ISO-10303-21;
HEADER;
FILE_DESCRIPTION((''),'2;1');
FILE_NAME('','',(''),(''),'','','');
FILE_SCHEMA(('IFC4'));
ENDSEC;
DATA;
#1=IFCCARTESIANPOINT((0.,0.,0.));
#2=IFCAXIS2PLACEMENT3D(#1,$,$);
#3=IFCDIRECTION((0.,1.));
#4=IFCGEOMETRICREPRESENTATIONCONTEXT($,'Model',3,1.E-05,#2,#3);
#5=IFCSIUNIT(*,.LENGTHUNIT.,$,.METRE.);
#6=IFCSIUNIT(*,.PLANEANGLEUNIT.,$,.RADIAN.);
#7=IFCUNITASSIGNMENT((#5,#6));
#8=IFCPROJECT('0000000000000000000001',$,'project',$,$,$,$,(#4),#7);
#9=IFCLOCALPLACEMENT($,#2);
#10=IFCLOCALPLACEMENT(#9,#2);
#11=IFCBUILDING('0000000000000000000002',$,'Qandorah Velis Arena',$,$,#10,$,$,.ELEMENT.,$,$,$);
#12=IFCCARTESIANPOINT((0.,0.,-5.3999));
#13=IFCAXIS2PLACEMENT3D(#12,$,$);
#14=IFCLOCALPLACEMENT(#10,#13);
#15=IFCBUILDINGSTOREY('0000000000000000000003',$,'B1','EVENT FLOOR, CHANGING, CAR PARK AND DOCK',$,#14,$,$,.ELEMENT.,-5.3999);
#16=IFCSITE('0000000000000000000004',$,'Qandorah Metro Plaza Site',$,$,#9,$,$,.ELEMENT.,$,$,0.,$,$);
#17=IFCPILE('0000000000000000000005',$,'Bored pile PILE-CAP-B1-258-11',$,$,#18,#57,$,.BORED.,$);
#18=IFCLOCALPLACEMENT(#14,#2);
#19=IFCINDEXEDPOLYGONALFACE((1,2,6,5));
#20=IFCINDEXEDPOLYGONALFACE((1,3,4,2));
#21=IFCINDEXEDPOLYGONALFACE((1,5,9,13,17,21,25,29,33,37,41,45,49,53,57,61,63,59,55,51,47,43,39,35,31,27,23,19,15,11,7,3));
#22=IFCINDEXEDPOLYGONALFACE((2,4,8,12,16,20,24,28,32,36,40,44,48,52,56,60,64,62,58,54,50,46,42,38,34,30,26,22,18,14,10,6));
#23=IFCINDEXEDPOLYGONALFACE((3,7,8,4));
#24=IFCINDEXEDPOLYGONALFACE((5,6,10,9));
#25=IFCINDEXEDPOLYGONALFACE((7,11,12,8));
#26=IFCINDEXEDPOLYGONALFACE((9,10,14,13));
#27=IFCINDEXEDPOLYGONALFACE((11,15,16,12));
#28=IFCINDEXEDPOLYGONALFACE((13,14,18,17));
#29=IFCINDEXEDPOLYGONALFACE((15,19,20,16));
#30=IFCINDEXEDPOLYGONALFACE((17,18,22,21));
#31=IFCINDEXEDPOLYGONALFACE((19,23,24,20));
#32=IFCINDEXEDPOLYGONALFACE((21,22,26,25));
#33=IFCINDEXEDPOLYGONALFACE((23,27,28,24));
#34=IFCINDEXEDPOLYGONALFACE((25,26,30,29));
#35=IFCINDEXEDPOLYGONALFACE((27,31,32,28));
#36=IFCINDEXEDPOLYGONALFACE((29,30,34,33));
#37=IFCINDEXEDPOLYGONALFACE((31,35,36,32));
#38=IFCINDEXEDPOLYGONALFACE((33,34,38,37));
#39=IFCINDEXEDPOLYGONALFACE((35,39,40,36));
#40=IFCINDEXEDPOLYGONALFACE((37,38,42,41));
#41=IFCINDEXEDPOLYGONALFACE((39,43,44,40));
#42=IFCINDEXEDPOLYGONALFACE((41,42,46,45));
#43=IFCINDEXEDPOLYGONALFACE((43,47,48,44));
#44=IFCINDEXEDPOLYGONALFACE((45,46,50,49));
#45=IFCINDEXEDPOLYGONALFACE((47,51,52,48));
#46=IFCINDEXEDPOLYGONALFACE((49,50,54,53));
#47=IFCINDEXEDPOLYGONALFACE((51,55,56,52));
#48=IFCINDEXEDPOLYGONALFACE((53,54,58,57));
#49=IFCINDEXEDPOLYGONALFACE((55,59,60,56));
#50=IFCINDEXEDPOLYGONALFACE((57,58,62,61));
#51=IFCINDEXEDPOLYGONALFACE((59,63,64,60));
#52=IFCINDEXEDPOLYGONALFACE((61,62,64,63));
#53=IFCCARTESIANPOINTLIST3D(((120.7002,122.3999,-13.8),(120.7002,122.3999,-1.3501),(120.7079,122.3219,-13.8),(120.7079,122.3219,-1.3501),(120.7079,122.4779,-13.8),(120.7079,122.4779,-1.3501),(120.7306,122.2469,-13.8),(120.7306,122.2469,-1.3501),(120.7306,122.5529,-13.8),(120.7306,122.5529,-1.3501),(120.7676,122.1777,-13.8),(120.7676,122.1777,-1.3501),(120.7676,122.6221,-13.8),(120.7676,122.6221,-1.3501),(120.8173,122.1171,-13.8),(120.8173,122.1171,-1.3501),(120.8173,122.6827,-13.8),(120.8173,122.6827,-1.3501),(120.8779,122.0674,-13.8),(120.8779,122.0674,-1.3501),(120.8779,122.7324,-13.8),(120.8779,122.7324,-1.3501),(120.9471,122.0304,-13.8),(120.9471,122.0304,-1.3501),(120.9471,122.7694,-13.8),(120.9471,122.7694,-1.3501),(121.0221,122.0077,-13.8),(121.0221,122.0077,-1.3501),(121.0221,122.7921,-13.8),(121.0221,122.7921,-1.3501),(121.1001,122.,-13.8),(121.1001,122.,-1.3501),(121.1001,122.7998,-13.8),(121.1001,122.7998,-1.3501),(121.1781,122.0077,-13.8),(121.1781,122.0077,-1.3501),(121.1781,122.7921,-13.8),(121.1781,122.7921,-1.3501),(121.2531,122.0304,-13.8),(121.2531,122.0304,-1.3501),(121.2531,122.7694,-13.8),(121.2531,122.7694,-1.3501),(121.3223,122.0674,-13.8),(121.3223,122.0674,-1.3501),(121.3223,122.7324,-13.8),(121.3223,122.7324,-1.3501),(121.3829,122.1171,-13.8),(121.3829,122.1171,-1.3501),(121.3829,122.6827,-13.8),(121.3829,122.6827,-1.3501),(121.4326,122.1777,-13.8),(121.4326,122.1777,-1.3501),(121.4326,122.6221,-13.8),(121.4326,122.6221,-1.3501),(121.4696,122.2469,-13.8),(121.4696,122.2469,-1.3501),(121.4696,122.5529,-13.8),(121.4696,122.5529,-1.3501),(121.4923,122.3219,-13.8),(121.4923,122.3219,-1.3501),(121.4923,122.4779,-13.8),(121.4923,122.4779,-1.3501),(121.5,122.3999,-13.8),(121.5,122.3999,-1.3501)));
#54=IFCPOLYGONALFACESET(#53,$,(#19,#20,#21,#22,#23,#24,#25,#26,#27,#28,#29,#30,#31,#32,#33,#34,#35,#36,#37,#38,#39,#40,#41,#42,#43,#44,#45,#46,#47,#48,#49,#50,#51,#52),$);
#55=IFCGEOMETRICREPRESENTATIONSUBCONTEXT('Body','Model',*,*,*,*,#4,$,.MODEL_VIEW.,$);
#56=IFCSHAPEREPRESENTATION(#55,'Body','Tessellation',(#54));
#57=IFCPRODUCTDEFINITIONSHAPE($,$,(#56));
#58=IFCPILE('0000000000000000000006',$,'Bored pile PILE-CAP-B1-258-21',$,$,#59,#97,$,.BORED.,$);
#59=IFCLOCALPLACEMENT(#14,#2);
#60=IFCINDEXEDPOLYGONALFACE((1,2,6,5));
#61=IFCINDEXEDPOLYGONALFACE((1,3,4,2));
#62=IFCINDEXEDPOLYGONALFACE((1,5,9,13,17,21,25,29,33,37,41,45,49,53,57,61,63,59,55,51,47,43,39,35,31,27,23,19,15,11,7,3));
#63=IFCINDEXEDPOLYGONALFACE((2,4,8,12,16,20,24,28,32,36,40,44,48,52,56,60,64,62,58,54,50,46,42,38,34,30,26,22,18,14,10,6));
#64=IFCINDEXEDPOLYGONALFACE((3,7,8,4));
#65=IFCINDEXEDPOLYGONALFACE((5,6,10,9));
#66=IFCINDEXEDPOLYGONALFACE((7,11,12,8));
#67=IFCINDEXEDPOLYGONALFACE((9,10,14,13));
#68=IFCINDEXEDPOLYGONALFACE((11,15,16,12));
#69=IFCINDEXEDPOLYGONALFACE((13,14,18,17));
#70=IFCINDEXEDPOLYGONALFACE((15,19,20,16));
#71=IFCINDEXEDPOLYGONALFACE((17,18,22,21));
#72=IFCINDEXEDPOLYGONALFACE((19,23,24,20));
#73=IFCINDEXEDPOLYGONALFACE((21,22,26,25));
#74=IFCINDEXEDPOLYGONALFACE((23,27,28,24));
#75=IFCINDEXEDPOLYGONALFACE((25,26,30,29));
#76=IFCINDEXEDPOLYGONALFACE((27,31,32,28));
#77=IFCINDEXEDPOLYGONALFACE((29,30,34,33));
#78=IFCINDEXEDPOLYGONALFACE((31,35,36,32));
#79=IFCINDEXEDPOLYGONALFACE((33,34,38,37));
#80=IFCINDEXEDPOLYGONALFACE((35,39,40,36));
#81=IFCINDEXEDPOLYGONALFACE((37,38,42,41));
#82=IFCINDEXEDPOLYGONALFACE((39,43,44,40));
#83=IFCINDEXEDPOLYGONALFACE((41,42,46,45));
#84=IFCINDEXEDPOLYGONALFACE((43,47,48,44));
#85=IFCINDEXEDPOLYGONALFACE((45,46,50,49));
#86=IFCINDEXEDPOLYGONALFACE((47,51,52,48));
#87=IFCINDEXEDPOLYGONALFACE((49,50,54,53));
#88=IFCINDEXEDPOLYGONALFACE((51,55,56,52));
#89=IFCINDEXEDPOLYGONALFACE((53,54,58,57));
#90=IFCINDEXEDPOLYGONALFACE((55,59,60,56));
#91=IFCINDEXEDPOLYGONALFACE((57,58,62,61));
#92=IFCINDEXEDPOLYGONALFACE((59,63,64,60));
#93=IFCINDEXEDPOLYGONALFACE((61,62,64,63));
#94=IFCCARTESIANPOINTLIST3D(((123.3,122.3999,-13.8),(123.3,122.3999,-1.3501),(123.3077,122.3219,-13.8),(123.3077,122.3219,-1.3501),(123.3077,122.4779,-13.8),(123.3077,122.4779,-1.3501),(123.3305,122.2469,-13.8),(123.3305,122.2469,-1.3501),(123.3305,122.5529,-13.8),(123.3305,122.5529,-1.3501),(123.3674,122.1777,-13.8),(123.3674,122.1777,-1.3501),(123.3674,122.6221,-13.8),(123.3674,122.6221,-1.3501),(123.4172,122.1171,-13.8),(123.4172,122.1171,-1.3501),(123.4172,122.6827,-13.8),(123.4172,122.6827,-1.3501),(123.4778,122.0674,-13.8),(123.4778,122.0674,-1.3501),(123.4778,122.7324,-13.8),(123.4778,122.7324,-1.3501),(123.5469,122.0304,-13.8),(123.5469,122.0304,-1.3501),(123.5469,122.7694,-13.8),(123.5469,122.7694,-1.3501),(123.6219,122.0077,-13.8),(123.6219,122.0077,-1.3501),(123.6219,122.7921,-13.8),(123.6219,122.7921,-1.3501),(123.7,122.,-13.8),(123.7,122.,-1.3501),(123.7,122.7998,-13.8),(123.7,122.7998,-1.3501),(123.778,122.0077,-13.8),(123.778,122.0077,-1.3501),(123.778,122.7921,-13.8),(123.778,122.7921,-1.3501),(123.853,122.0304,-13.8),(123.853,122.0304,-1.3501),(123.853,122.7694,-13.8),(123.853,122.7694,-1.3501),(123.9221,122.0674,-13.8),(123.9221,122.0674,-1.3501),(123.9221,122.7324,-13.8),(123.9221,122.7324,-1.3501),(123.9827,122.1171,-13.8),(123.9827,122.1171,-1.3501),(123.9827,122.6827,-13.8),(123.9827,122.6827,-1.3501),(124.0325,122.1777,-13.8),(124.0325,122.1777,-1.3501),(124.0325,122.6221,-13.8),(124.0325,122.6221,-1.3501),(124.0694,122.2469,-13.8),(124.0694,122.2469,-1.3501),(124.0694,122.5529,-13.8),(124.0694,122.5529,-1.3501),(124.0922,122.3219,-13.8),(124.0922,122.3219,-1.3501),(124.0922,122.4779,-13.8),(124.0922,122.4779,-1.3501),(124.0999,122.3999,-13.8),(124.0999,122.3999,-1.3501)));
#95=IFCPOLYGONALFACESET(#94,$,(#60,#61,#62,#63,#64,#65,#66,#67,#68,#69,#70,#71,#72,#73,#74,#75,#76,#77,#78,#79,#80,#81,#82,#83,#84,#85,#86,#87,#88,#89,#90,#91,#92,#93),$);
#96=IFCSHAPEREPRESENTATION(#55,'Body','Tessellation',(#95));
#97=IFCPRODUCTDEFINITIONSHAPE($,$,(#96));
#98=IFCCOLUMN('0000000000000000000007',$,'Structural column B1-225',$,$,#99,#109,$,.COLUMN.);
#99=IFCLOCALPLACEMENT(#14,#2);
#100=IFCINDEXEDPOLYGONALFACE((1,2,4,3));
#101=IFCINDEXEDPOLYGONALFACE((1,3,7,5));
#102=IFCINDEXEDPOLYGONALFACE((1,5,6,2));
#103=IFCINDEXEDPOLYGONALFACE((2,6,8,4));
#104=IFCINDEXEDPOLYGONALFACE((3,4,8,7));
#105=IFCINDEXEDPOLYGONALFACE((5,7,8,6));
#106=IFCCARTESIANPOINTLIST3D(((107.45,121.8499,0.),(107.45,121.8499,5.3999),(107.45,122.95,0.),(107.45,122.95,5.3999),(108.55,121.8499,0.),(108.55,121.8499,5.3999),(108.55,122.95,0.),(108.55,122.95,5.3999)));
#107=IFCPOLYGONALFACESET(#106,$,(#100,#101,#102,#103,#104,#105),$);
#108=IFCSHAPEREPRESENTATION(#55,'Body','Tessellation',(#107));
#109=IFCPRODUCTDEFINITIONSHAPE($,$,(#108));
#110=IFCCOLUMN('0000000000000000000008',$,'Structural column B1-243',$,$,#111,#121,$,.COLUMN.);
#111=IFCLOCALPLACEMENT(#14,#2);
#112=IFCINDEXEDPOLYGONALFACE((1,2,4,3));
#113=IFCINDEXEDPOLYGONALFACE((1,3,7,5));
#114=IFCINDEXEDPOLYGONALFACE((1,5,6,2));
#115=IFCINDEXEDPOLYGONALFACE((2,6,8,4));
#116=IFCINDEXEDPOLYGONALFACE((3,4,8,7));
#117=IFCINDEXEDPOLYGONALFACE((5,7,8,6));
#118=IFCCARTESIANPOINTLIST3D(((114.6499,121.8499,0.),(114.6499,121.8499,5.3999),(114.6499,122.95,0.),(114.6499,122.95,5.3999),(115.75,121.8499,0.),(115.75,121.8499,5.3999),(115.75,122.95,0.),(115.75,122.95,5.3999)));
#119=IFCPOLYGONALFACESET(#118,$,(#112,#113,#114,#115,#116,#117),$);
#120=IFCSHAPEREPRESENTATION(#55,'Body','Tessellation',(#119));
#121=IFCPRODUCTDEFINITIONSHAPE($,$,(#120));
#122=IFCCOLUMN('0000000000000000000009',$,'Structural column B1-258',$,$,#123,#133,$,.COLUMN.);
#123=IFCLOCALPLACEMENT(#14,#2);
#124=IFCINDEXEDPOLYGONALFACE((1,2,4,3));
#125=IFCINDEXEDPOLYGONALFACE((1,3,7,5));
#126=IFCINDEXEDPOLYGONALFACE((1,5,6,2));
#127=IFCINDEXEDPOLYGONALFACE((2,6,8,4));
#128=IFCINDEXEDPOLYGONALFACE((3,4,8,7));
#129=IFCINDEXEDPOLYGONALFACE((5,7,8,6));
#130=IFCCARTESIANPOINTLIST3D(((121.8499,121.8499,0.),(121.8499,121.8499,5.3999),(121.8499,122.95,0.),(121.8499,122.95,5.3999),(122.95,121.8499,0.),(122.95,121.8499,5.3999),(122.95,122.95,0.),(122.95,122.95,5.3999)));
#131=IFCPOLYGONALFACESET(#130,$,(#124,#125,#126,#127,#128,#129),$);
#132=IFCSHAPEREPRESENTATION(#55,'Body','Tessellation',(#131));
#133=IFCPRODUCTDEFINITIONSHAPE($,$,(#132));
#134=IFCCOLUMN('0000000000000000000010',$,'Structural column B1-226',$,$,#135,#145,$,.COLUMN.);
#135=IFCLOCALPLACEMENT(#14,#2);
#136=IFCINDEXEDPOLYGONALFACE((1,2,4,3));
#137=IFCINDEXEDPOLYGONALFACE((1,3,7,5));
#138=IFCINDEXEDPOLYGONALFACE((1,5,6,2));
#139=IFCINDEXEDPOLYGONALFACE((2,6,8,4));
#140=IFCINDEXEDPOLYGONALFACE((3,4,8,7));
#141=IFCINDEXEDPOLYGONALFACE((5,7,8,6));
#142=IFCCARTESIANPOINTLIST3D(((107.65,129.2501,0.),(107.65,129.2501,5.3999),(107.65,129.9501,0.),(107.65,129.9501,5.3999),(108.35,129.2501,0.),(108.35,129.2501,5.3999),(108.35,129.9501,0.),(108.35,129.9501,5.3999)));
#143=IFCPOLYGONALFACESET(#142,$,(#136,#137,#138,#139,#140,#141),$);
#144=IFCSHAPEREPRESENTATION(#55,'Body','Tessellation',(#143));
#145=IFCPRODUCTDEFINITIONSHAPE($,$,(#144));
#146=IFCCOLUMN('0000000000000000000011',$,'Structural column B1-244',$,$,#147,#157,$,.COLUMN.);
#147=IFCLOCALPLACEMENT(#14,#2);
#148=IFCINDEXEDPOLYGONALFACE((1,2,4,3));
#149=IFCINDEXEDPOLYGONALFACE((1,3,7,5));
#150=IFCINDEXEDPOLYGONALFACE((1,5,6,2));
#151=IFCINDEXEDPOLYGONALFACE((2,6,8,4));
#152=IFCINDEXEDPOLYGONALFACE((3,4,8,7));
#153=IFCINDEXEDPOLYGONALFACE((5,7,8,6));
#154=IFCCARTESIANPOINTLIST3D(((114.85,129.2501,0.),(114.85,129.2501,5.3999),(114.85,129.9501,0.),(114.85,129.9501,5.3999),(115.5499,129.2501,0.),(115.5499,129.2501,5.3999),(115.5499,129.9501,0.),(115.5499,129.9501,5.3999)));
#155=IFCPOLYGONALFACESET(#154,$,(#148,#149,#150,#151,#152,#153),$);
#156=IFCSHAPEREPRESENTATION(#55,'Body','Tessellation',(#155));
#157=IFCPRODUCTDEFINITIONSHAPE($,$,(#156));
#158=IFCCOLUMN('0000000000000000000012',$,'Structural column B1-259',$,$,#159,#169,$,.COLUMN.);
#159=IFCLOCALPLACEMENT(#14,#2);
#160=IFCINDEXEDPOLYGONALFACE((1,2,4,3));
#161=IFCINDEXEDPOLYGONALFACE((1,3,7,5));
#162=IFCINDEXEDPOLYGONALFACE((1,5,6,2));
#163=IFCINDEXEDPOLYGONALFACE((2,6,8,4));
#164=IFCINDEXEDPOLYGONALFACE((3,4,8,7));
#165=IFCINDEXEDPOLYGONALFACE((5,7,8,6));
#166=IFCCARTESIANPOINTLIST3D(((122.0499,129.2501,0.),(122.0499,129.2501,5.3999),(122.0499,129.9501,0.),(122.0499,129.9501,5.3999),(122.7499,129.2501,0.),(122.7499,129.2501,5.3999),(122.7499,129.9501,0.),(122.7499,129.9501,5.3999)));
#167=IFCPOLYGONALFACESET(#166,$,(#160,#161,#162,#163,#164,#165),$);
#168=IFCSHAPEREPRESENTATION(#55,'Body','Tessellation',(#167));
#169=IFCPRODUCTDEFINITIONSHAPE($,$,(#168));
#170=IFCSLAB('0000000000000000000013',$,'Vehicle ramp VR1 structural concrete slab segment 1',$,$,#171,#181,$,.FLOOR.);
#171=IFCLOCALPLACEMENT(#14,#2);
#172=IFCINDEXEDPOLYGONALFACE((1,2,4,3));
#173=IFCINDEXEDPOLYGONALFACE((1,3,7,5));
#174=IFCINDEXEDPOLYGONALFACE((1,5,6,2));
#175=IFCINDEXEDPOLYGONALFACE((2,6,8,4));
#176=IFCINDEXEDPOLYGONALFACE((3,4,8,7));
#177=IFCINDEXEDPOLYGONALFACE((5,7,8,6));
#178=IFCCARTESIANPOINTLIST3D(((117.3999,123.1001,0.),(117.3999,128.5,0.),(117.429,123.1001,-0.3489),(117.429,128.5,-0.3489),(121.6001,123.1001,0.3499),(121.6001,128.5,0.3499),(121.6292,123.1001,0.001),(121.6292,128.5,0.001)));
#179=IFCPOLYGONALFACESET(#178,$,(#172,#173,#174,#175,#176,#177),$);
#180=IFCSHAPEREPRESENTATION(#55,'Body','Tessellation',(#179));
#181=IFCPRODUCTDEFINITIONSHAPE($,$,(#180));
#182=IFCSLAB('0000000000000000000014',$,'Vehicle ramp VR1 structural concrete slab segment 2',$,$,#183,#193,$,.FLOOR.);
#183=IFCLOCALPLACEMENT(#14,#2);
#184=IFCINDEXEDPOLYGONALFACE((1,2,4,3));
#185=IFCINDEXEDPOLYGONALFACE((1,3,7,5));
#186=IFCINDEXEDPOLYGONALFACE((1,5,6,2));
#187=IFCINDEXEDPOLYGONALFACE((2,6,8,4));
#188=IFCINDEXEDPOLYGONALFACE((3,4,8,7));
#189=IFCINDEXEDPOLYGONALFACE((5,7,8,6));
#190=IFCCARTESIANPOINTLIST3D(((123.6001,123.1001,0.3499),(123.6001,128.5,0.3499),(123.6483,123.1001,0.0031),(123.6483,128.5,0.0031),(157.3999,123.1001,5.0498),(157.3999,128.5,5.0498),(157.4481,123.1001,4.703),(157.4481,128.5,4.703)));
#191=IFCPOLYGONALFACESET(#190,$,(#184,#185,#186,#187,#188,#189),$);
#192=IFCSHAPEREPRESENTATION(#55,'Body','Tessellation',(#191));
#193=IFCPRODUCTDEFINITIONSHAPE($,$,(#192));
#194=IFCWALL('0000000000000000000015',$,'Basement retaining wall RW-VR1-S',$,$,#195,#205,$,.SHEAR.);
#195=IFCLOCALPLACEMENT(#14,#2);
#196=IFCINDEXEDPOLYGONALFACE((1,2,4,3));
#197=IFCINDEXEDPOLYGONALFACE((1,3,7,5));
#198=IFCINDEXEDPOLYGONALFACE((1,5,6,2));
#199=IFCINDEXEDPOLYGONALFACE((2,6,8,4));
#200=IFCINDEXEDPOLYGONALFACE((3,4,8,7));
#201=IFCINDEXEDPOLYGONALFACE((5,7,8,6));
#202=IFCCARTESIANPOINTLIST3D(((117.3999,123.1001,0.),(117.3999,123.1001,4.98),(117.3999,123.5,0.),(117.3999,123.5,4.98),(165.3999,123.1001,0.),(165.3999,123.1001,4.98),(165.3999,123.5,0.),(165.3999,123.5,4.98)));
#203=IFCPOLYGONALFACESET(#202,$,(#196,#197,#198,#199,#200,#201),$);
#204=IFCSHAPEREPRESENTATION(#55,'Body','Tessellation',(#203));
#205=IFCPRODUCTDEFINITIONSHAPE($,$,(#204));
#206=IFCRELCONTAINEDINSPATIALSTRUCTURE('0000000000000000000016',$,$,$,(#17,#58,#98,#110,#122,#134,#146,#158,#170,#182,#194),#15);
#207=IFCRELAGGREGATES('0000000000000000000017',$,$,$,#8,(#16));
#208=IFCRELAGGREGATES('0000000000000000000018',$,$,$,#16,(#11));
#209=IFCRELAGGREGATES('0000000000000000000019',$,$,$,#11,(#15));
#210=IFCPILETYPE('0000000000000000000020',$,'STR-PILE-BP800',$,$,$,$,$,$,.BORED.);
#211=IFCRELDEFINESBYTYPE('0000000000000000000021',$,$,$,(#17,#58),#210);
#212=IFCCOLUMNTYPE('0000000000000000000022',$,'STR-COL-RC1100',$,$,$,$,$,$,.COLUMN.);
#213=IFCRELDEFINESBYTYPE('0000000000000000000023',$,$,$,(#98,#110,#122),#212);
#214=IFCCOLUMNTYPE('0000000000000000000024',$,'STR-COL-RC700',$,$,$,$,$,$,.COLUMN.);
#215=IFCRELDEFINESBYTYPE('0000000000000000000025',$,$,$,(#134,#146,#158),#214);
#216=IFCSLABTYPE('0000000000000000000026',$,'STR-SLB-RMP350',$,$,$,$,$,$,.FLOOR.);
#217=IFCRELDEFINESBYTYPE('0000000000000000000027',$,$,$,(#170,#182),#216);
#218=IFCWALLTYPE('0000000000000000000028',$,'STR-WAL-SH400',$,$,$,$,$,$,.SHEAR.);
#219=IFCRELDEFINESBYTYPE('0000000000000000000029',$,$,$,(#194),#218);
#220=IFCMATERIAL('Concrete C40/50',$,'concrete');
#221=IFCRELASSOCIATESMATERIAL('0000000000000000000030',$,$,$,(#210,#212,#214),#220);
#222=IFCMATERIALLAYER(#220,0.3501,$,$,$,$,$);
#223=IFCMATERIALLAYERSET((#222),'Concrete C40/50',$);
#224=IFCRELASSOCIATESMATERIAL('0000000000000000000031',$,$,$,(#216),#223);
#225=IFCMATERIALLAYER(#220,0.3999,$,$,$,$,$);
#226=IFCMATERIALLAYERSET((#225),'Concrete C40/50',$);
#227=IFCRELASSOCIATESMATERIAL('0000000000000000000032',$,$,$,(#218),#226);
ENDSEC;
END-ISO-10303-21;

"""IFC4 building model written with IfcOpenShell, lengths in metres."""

from ifc_helpers import new_model, si_unit, direction, frame, frame_2d, origin, origin_2d, place, context, subcontext, project, spatial, polyline, rectangle, circle, outline, extrude, material, layer, layer_set, material_profile, profile_set, type_object, element, save


model = new_model("IFC4")

# Units and contexts
model_context = context("Model", 3, precision=1e-05, world=origin(), true_north=direction((0.0, 1.0)))
body_context = subcontext(model_context, "Body", "Model", "MODEL_VIEW")
ifc_project = project(units=[si_unit("LENGTHUNIT", "METRE"), si_unit("PLANEANGLEUNIT", "RADIAN")], contexts=[model_context])

# Site, building, storey
site_placement = place(None, origin())
site = spatial("IfcSite", under=ifc_project, at=site_placement, Name="Qandorah Metro Plaza Site", CompositionType="ELEMENT", RefElevation=0.0)
building_placement = place(site_placement, origin())
building = spatial("IfcBuilding", under=site, at=building_placement, Name="Qandorah Velis Arena", CompositionType="ELEMENT")
storey_placement = place(building_placement, frame((0.0, 0.0, -5.3999)))
storey = spatial("IfcBuildingStorey", under=building, at=storey_placement, Name="B1", Description="EVENT FLOOR, CHANGING, CAR PARK AND DOCK", CompositionType="ELEMENT", Elevation=-5.3999)

# Shared definitions
ifc_material_1 = material(Name="Concrete C40/50", Category="concrete")

# Piles
ifc_material_profile_1 = material_profile(ifc_material_1, circle(Radius=0.3999, at=origin_2d()), Name="BORED PILE D800")
ifc_profile_set_1 = profile_set([ifc_material_profile_1], Name="Concrete C40/50")
pile_type_1 = type_object("IfcPileType", Name="STR-PILE-BP800", PredefinedType="BORED", material=ifc_profile_set_1)
for number, where, z_axis, x_axis, name in (
    (1, (121.1001, 122.3999, -1.3501), (0.0, 0.0, -1.0), (1.0, 0.0, 0.0), "Bored pile PILE-CAP-B1-258-11"),
    (2, (123.7, 122.3999, -1.3501), (0.0, 0.0, -1.0), (1.0, 0.0, 0.0), "Bored pile PILE-CAP-B1-258-21"),
):
    element("IfcPile", number, at=place(storey_placement, frame(where, z_axis=z_axis, x_axis=x_axis)), inside=storey, type_object=pile_type_1, Name=name, PredefinedType="BORED", context=body_context, shape_type="SweptSolid", body=[
        extrude(circle(Radius=0.3999, at=origin_2d()), origin(), (0.0, 0.0, 1.0), 12.45),
    ])

# Columns
ifc_material_profile_2 = material_profile(ifc_material_1, rectangle(XDim=1.1001, YDim=1.1001, at=origin_2d()), Name="RC COL 1100x1100")
ifc_profile_set_2 = profile_set([ifc_material_profile_2], Name="Concrete C40/50")
column_type_1 = type_object("IfcColumnType", Name="STR-COL-RC1100", PredefinedType="COLUMN", material=ifc_profile_set_2)
for number, where, z_axis, x_axis, name in (
    (3, (108.0, 122.3999, 0.0), (0.0, 0.0, 1.0), (1.0, 0.0, 0.0), "Structural column B1-225"),
    (4, (115.2, 122.3999, 0.0), (0.0, 0.0, 1.0), (1.0, 0.0, 0.0), "Structural column B1-243"),
    (5, (122.3999, 122.3999, 0.0), (0.0, 0.0, 1.0), (1.0, 0.0, 0.0), "Structural column B1-258"),
):
    element("IfcColumn", number, at=place(storey_placement, frame(where, z_axis=z_axis, x_axis=x_axis)), inside=storey, type_object=column_type_1, Name=name, PredefinedType="COLUMN", context=body_context, shape_type="SweptSolid", body=[
        extrude(rectangle(XDim=1.1001, YDim=1.1001, at=origin_2d()), origin(), (0.0, 0.0, 1.0), 5.3999),
    ])
ifc_material_profile_3 = material_profile(ifc_material_1, rectangle(XDim=0.7, YDim=0.7, at=origin_2d()), Name="RC COL 700x700")
ifc_profile_set_3 = profile_set([ifc_material_profile_3], Name="Concrete C40/50")
column_type_2 = type_object("IfcColumnType", Name="STR-COL-RC700", PredefinedType="COLUMN", material=ifc_profile_set_3)
for number, where, z_axis, x_axis, name in (
    (6, (108.0, 129.6001, 0.0), (0.0, 0.0, 1.0), (1.0, 0.0, 0.0), "Structural column B1-226"),
    (7, (115.2, 129.6001, 0.0), (0.0, 0.0, 1.0), (1.0, 0.0, 0.0), "Structural column B1-244"),
    (8, (122.3999, 129.6001, 0.0), (0.0, 0.0, 1.0), (1.0, 0.0, 0.0), "Structural column B1-259"),
):
    element("IfcColumn", number, at=place(storey_placement, frame(where, z_axis=z_axis, x_axis=x_axis)), inside=storey, type_object=column_type_2, Name=name, PredefinedType="COLUMN", context=body_context, shape_type="SweptSolid", body=[
        extrude(rectangle(XDim=0.7, YDim=0.7, at=origin_2d()), origin(), (0.0, 0.0, 1.0), 5.3999),
    ])

# Slabs
ifc_layer_1 = layer(ifc_material_1, 0.3501)
ifc_layer_set_1 = layer_set([ifc_layer_1], Name="Concrete C40/50")
slab_type = type_object("IfcSlabType", Name="STR-SLB-RMP350", PredefinedType="FLOOR", material=ifc_layer_set_1)
slab_1_placement = place(storey_placement, frame((117.3999, 123.1001, 0.0), z_axis=(-0.083007, 0.0, 0.996549), x_axis=(0.996549, 0.0, 0.083007)))
element("IfcSlab", 9, at=slab_1_placement, inside=storey, type_object=slab_type, Name="Vehicle ramp VR1 structural concrete slab segment 1", PredefinedType="FLOOR", context=body_context, shape_type="SweptSolid", body=[
    extrude(outline(polyline([(0.0, 0.0), (4.2147, 0.0), (4.2147, 5.3999), (0.0, 5.3999), (0.0, 0.0)])), origin(), (0.0, 0.0, -1.0), 0.3501),
])
slab_2_placement = place(storey_placement, frame((123.6001, 123.1001, 0.3499), z_axis=(-0.137727, 0.0, 0.99047), x_axis=(0.99047, 0.0, 0.137727)))
element("IfcSlab", 10, at=slab_2_placement, inside=storey, type_object=slab_type, Name="Vehicle ramp VR1 structural concrete slab segment 2", PredefinedType="FLOOR", context=body_context, shape_type="SweptSolid", body=[
    extrude(outline(polyline([(0.0, 0.0), (34.125, 0.0), (34.125, 5.3999), (0.0, 5.3999), (0.0, 0.0)])), origin(), (0.0, 0.0, -1.0), 0.3501),
])

# Wall
ifc_layer_2 = layer(ifc_material_1, 0.3999)
ifc_layer_set_2 = layer_set([ifc_layer_2], Name="Concrete C40/50")
wall_type = type_object("IfcWallType", Name="STR-WAL-SH400", PredefinedType="SHEAR", material=ifc_layer_set_2)
for number, where, z_axis, x_axis, name in (
    (11, (117.3999, 123.3, 0.0), (0.0, 0.0, 1.0), (1.0, 0.0, 0.0), "Basement retaining wall RW-VR1-S"),
):
    element("IfcWall", number, at=place(storey_placement, frame(where, z_axis=z_axis, x_axis=x_axis)), inside=storey, type_object=wall_type, Name=name, PredefinedType="SHEAR", context=body_context, shape_type="SweptSolid", body=[
        extrude(rectangle(XDim=48.0, YDim=0.3999, at=frame_2d((24.0, 0.0))), origin(), (0.0, 0.0, 1.0), 4.98),
    ])

save(model, "model.ifc")
